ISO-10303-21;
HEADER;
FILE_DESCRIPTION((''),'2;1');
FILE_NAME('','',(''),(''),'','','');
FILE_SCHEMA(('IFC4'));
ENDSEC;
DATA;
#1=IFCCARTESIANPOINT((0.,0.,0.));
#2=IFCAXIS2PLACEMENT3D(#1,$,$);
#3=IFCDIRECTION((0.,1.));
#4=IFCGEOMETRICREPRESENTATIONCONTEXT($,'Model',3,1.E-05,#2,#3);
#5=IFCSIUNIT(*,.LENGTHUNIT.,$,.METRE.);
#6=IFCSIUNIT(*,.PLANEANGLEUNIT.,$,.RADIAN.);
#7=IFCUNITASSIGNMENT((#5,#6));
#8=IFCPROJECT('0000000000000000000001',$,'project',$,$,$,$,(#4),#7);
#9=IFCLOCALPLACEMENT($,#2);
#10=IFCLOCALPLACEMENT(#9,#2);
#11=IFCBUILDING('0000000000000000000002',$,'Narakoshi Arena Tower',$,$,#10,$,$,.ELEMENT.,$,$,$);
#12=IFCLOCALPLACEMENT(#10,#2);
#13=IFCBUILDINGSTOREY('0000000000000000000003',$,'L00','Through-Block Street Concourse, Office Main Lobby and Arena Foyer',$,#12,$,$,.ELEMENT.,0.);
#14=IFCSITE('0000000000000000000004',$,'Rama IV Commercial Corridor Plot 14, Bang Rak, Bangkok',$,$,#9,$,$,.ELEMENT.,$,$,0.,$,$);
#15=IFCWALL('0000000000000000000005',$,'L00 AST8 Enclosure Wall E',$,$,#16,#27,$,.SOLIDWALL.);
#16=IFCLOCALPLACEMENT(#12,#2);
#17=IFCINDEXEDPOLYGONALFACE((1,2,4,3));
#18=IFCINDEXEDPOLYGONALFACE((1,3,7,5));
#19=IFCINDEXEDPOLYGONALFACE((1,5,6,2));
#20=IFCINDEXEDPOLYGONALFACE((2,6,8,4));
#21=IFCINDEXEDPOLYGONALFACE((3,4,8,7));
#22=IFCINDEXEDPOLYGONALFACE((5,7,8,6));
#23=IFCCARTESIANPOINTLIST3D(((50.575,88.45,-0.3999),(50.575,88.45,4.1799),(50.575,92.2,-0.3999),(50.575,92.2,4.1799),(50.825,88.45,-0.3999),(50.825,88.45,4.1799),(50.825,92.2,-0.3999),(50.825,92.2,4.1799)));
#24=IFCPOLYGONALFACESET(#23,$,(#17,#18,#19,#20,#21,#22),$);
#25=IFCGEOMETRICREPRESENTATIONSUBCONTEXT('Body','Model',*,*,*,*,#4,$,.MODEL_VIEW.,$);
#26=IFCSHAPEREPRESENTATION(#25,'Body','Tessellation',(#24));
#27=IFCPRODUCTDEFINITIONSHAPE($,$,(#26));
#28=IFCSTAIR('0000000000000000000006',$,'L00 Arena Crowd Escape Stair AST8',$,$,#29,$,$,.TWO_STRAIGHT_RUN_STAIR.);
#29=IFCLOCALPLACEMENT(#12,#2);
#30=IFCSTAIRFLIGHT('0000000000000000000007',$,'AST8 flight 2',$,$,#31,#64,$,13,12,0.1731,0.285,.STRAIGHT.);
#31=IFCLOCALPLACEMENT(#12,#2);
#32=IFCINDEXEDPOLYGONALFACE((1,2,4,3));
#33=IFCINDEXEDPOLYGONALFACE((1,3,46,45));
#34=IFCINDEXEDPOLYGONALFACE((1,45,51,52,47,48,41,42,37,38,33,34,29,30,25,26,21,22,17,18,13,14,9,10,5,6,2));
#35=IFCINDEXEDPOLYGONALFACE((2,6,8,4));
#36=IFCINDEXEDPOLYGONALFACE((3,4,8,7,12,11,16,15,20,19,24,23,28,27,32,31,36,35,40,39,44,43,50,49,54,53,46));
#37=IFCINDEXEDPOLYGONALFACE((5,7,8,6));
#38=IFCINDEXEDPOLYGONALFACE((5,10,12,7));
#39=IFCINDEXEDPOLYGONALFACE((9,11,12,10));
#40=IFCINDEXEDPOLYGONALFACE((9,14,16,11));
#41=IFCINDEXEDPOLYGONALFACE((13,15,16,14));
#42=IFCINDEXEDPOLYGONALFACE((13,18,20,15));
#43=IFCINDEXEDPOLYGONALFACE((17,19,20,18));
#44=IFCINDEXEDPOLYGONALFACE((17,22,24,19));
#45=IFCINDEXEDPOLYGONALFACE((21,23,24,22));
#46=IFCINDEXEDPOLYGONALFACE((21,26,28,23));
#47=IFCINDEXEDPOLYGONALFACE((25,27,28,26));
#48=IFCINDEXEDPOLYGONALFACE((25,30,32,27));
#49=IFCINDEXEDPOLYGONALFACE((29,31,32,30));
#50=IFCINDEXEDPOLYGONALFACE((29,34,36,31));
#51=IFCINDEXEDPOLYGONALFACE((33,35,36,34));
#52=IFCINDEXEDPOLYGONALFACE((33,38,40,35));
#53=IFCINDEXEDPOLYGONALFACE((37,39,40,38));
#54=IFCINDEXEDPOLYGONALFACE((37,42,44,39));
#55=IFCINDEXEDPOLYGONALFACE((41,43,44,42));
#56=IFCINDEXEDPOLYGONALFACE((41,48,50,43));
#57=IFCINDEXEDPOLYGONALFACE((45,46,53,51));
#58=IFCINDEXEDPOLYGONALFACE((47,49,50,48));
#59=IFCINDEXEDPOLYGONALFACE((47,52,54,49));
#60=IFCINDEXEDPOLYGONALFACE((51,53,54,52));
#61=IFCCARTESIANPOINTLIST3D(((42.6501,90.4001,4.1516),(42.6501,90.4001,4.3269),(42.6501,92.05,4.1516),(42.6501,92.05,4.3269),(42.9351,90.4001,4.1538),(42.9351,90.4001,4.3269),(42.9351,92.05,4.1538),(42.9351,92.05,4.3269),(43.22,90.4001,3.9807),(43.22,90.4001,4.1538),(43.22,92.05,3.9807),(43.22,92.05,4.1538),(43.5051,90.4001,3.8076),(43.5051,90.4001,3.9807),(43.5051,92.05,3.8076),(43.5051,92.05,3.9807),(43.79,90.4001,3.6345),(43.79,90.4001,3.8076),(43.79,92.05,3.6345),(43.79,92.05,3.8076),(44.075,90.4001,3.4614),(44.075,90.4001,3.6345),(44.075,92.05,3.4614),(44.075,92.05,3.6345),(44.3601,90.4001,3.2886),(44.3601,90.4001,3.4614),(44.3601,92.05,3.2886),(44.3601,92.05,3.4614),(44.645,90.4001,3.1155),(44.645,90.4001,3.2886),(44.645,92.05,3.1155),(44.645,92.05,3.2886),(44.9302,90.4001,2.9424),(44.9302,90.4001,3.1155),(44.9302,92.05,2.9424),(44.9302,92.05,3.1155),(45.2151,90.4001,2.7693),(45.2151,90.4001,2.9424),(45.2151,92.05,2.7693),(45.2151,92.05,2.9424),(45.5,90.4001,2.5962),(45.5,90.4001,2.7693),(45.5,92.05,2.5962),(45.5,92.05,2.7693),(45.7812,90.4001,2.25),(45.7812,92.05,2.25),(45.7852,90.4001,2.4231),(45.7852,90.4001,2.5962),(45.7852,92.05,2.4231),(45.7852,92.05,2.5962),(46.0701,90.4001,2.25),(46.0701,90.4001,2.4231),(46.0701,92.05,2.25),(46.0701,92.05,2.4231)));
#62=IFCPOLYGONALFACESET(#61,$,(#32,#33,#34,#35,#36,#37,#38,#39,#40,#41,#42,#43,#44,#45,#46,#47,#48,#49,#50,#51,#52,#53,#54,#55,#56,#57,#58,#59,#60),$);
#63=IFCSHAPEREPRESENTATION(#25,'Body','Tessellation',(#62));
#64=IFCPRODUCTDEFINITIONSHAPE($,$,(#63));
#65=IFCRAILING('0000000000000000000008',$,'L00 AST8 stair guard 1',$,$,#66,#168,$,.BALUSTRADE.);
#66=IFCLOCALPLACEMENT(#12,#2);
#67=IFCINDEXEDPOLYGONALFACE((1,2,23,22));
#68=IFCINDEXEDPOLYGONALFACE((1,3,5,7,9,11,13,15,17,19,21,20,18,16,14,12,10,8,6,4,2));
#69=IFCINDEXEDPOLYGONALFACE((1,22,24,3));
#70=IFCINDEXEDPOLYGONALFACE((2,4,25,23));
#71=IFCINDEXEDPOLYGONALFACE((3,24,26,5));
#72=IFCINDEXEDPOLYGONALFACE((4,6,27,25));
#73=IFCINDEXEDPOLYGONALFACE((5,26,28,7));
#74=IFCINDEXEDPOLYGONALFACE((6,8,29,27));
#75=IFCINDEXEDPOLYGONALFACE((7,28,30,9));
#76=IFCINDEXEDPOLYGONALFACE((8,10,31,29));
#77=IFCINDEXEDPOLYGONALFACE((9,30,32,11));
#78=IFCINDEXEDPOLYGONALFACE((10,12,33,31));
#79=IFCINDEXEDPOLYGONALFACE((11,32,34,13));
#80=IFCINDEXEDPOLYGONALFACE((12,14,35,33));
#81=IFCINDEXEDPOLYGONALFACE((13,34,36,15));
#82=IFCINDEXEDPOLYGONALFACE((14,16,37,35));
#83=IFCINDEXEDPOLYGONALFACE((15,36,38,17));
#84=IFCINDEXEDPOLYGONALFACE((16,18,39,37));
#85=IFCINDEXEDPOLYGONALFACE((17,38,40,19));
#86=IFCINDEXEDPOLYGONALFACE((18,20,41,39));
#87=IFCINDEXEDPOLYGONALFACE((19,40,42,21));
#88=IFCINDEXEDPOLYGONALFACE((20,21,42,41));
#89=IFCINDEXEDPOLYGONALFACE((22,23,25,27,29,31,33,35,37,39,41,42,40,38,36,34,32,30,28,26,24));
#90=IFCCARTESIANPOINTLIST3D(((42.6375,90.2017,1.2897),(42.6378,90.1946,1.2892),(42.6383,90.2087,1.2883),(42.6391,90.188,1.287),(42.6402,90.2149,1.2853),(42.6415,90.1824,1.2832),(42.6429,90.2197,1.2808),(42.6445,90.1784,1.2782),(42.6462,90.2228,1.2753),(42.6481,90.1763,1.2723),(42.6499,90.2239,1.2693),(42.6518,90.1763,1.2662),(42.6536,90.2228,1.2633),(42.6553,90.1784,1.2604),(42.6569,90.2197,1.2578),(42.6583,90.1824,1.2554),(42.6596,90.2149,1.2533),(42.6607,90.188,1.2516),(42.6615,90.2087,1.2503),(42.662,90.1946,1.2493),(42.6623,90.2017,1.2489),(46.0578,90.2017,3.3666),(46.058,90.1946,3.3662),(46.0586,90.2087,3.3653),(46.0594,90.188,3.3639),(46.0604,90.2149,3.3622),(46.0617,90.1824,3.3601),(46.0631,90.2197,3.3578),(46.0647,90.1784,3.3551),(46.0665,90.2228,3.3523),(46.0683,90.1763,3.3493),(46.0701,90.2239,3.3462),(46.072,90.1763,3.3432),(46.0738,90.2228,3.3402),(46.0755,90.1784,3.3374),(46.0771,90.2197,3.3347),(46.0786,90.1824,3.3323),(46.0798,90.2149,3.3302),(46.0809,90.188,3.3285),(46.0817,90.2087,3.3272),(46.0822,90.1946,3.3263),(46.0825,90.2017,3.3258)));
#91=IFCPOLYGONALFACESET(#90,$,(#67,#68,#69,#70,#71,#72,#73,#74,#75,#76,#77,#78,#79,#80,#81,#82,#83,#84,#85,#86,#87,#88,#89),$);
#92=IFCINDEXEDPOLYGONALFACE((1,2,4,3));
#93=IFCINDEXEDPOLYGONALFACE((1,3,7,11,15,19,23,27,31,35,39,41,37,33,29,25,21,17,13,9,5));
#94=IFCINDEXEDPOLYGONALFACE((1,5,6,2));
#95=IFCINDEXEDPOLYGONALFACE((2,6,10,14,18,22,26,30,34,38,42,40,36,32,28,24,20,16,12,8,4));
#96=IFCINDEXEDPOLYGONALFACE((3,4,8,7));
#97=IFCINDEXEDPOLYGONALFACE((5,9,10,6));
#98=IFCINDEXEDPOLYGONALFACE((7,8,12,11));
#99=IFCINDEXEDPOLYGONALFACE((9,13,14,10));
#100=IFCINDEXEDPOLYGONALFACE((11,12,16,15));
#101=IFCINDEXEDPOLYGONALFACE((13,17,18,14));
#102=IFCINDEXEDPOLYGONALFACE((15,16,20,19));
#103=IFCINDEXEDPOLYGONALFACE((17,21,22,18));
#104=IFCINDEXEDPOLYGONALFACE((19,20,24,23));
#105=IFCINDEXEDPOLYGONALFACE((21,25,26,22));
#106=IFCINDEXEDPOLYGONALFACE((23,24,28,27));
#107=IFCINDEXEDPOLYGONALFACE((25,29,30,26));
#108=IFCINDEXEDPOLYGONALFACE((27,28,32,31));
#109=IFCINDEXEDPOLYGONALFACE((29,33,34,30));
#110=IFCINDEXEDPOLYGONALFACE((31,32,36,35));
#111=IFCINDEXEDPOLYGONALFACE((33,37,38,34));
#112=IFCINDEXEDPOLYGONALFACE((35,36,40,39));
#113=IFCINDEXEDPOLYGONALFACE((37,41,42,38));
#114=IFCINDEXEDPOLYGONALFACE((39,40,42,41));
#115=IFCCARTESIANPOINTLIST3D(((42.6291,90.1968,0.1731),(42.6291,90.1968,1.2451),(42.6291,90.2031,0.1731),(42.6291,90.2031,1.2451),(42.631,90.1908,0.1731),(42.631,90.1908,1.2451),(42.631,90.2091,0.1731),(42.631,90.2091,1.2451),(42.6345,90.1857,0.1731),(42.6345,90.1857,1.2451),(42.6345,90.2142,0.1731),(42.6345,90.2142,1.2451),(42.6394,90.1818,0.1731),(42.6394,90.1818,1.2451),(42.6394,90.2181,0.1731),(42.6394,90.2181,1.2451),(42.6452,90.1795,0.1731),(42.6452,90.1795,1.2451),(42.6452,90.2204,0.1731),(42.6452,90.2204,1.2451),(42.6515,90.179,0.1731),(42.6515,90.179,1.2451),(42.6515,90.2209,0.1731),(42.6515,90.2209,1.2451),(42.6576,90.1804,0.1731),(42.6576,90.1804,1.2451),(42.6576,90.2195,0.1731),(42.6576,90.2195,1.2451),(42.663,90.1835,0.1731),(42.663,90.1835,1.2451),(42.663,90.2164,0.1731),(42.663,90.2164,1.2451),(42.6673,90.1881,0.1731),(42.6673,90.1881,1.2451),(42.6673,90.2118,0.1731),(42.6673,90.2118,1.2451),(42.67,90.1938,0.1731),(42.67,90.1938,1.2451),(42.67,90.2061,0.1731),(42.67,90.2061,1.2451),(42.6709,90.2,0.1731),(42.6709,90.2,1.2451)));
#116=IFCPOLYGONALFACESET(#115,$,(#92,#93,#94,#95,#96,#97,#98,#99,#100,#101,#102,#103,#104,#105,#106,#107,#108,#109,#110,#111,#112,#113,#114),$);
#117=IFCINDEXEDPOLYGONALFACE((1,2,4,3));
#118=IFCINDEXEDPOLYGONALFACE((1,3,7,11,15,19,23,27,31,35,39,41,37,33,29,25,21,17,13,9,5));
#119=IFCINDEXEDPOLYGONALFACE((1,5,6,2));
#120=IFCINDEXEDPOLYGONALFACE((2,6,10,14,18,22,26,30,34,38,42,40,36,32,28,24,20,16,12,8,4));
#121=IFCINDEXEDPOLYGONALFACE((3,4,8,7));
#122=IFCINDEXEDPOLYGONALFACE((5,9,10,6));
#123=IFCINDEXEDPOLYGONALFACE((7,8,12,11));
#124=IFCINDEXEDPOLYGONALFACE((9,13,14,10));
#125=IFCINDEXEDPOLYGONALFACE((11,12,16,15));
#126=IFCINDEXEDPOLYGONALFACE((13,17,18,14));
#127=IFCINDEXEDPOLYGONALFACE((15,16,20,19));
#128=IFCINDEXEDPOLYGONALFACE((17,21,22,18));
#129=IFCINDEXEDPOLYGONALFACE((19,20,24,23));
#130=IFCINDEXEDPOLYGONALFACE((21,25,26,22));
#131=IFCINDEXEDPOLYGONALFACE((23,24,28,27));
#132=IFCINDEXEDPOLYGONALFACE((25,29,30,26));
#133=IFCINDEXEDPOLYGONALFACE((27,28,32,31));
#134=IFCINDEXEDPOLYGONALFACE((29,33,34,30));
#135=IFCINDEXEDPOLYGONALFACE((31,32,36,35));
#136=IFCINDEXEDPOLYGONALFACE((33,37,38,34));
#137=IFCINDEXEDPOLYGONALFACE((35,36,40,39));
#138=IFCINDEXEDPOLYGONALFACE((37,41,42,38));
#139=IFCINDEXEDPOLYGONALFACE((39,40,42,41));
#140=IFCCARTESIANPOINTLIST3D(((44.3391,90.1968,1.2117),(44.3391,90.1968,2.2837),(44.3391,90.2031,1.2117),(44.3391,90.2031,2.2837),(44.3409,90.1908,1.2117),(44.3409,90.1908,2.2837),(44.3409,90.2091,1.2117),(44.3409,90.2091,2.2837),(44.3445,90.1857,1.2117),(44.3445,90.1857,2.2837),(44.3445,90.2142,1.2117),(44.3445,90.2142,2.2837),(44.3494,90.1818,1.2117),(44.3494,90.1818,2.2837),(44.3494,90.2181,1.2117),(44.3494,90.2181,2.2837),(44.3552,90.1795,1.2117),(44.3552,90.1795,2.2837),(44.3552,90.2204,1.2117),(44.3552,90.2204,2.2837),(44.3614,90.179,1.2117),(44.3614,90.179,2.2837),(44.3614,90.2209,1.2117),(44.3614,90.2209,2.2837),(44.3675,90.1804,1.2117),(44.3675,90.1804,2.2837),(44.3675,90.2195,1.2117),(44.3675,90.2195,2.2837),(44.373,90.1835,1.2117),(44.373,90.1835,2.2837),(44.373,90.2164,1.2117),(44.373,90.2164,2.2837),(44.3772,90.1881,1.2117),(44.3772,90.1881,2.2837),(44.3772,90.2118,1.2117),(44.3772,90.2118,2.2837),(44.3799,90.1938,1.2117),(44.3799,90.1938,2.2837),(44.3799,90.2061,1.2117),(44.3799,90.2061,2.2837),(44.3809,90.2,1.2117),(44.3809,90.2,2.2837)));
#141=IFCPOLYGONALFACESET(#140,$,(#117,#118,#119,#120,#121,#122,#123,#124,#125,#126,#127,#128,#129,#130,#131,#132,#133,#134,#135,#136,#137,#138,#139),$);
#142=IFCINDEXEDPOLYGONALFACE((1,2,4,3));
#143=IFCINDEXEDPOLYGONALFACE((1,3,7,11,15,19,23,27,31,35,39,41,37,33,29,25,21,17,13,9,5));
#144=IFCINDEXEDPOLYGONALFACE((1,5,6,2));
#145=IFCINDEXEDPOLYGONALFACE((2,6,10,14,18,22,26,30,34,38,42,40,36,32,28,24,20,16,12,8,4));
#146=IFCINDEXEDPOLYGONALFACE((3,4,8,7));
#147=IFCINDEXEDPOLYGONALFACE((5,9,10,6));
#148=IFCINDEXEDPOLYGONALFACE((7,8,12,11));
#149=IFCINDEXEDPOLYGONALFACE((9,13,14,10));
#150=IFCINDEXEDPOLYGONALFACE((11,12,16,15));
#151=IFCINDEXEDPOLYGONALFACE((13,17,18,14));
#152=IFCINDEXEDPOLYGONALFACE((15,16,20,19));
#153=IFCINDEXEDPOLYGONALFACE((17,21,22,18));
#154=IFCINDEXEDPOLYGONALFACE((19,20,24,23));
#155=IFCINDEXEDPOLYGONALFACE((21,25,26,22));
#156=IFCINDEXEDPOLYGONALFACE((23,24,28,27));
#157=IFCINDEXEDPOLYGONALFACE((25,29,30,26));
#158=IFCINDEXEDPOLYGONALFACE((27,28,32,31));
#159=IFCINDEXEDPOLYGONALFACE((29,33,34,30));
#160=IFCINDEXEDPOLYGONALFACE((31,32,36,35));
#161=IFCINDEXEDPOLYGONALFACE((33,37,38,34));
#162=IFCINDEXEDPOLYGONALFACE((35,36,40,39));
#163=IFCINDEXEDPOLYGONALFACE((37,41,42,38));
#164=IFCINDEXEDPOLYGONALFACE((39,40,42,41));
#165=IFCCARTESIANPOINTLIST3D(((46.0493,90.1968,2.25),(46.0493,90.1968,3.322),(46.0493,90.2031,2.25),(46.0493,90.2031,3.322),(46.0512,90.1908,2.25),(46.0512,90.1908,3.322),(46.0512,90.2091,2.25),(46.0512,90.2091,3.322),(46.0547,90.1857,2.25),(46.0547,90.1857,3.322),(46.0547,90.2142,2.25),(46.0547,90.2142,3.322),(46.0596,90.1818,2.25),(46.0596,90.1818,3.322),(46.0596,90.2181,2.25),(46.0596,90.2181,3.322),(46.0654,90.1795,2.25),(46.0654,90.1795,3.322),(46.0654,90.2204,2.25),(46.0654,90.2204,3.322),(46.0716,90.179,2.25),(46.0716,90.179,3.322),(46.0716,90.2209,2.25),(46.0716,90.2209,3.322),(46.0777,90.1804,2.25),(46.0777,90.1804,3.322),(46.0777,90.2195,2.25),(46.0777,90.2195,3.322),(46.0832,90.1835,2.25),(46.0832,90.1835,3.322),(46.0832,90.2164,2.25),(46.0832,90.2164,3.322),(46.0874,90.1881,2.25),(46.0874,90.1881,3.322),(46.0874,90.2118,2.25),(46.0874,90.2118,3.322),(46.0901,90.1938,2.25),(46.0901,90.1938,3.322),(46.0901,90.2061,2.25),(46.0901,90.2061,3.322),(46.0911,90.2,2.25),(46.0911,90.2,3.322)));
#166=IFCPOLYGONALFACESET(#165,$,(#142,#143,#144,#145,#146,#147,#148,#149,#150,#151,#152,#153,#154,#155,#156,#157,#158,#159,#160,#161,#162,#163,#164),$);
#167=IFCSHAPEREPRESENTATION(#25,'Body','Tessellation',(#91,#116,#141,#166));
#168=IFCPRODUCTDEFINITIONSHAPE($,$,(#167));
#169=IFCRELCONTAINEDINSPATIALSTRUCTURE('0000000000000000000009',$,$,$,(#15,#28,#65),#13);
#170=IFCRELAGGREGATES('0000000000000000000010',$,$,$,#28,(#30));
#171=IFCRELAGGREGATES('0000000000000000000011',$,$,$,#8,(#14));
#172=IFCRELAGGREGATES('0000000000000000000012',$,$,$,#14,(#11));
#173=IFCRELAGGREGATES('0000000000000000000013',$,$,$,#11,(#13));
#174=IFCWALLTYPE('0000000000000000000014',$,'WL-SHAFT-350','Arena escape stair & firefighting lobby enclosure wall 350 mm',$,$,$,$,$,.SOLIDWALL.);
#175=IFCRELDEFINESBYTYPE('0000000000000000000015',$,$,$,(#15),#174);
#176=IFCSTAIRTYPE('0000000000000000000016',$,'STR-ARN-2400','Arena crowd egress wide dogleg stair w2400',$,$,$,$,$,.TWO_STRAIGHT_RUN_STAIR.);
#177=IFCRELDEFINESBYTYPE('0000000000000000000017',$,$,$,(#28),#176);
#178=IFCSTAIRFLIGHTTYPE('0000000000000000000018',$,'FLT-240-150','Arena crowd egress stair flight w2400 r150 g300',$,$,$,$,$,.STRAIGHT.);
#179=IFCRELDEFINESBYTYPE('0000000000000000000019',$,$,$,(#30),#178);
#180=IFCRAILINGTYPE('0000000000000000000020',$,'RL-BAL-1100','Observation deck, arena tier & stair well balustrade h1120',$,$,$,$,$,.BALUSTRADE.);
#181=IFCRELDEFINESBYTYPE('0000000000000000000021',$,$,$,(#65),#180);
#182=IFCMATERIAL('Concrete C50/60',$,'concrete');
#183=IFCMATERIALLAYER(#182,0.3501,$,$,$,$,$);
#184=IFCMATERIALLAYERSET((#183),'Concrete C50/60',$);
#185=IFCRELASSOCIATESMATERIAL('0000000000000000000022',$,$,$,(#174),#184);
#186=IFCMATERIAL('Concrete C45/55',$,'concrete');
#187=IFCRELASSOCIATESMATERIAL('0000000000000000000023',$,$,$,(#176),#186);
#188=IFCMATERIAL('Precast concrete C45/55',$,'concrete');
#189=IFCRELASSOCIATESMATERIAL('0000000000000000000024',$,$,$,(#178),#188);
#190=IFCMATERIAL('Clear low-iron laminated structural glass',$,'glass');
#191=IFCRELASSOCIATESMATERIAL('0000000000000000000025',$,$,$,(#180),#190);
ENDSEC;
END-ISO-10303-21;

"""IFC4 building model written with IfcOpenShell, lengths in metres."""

from ifc_helpers import new_model, si_unit, direction, frame, frame_2d, origin, origin_2d, place, context, subcontext, project, spatial, polyline, rectangle, circle, outline, extrude, material, layer, layer_set, type_object, element, aggregate, save


model = new_model("IFC4")

# Units and contexts
model_context = context("Model", 3, precision=1e-05, world=origin(), true_north=direction((0.0, 1.0)))
body_context = subcontext(model_context, "Body", "Model", "MODEL_VIEW")
ifc_project = project(units=[si_unit("LENGTHUNIT", "METRE"), si_unit("PLANEANGLEUNIT", "RADIAN")], contexts=[model_context])

# Site, building, storey
site_placement = place(None, origin())
site = spatial("IfcSite", under=ifc_project, at=site_placement, Name="Rama IV Commercial Corridor Plot 14, Bang Rak, Bangkok", CompositionType="ELEMENT", RefElevation=0.0)
building_placement = place(site_placement, origin())
building = spatial("IfcBuilding", under=site, at=building_placement, Name="Narakoshi Arena Tower", CompositionType="ELEMENT")
storey_placement = place(building_placement, origin())
storey = spatial("IfcBuildingStorey", under=building, at=storey_placement, Name="L00", Description="Through-Block Street Concourse, Office Main Lobby and Arena Foyer", CompositionType="ELEMENT", Elevation=0.0)

# Shared definitions
ifc_material_1 = material(Name="Precast concrete C45/55", Category="concrete")

# Wall
ifc_material_2 = material(Name="Concrete C50/60", Category="concrete")
ifc_layer_1 = layer(ifc_material_2, 0.3501)
ifc_layer_set_1 = layer_set([ifc_layer_1], Name="Concrete C50/60")
wall_type_1 = type_object("IfcWallType", Name="WL-SHAFT-350", Description="Arena escape stair & firefighting lobby enclosure wall 350 mm", PredefinedType="SOLIDWALL", material=ifc_layer_set_1)
wall_1_placement = place(storey_placement, frame((50.7, 88.45, -0.3999), z_axis=(0.0, 0.0, 1.0), x_axis=(0.0, 1.0, 0.0)))
element("IfcWall", 1, at=wall_1_placement, inside=storey, type_object=wall_type_1, Name="L00 AST8 Enclosure Wall E", PredefinedType="SOLIDWALL", context=body_context, shape_type="SweptSolid", body=[
    extrude(rectangle(XDim=3.75, YDim=0.25, at=frame_2d((1.875, 0.0))), origin(), (0.0, 0.0, 1.0), 4.5798),
])

# Stair, stair flight
ifc_material_3 = material(Name="Concrete C45/55", Category="concrete")
stair_type = type_object("IfcStairType", Name="STR-ARN-2400", Description="Arena crowd egress wide dogleg stair w2400", PredefinedType="TWO_STRAIGHT_RUN_STAIR", material=ifc_material_3)
stair_placement = place(storey_placement, origin())
stair = element("IfcStair", 2, at=stair_placement, inside=storey, type_object=stair_type, Name="L00 Arena Crowd Escape Stair AST8", PredefinedType="TWO_STRAIGHT_RUN_STAIR")
stair_flight_type = type_object("IfcStairFlightType", Name="FLT-240-150", Description="Arena crowd egress stair flight w2400 r150 g300", PredefinedType="STRAIGHT", material=ifc_material_1)
stair_flight_placement = place(storey_placement, frame((46.0701, 91.2251, 2.25), z_axis=(0.0, 0.0, 1.0), x_axis=(-1.0, 0.0, 0.0)))
stair_flight = element("IfcStairFlight", 3, at=stair_flight_placement, type_object=stair_flight_type, Name="AST8 flight 2", NumberOfRisers=13, NumberOfTreads=12, PredefinedType="STRAIGHT", RiserHeight=0.1731, TreadLength=0.285, context=body_context, shape_type="SweptSolid", body=[
    extrude(outline(polyline([(0.0, 0.0), (0.0, 0.1731), (0.2849, 0.1731), (0.2849, 0.3462), (0.5701, 0.3462), (0.5701, 0.5193), (0.855, 0.5193), (0.855, 0.6924), (1.1399, 0.6924), (1.1399, 0.8655), (1.425, 0.8655), (1.425, 1.0386), (1.71, 1.0386), (1.71, 1.2114), (1.9951, 1.2114), (1.9951, 1.3845), (2.28, 1.3845), (2.28, 1.5576), (2.5649, 1.5576), (2.5649, 1.7307), (2.8501, 1.7307), (2.8501, 1.9038), (3.135, 1.9038), (3.135, 2.0769), (3.4199, 2.0769), (3.4199, 2.25), (3.4199, 1.9016), (0.2888, 0.0), (0.0, 0.0)])), frame((0.0, 0.825, 0.0), z_axis=(0.0, -1.0, 0.0), x_axis=(1.0, 0.0, 0.0)), (0.0, 0.0, 1.0), 1.6499),
])
aggregate(stair, [stair_flight])

# Railing
ifc_material_4 = material(Name="Clear low-iron laminated structural glass", Category="glass")
railing_type_1 = type_object("IfcRailingType", Name="RL-BAL-1100", Description="Observation deck, arena tier & stair well balustrade h1120", PredefinedType="BALUSTRADE", material=ifc_material_4)
railing_1_placement = place(storey_placement, frame((42.6499, 90.2, 0.1731)))
element("IfcRailing", 4, at=railing_1_placement, inside=storey, type_object=railing_type_1, Name="L00 AST8 stair guard 1", PredefinedType="BALUSTRADE", context=body_context, shape_type="SweptSolid", body=[
    extrude(circle(Radius=0.0239, at=origin_2d()), frame((0.0, 0.0, 1.0962), z_axis=(0.854746, 0.0, 0.519047), x_axis=(0.0, 1.0, 0.0)), (0.0, 0.0, 1.0), 4.0015),
    extrude(circle(Radius=0.021, at=origin_2d()), origin(), (0.0, 0.0, 1.0), 1.072),
    extrude(circle(Radius=0.021, at=origin_2d()), frame((1.71, 0.0, 1.0386)), (0.0, 0.0, 1.0), 1.072),
    extrude(circle(Radius=0.021, at=origin_2d()), frame((3.4202, 0.0, 2.0769)), (0.0, 0.0, 1.0), 1.072),
])

save(model, "model.ifc")
